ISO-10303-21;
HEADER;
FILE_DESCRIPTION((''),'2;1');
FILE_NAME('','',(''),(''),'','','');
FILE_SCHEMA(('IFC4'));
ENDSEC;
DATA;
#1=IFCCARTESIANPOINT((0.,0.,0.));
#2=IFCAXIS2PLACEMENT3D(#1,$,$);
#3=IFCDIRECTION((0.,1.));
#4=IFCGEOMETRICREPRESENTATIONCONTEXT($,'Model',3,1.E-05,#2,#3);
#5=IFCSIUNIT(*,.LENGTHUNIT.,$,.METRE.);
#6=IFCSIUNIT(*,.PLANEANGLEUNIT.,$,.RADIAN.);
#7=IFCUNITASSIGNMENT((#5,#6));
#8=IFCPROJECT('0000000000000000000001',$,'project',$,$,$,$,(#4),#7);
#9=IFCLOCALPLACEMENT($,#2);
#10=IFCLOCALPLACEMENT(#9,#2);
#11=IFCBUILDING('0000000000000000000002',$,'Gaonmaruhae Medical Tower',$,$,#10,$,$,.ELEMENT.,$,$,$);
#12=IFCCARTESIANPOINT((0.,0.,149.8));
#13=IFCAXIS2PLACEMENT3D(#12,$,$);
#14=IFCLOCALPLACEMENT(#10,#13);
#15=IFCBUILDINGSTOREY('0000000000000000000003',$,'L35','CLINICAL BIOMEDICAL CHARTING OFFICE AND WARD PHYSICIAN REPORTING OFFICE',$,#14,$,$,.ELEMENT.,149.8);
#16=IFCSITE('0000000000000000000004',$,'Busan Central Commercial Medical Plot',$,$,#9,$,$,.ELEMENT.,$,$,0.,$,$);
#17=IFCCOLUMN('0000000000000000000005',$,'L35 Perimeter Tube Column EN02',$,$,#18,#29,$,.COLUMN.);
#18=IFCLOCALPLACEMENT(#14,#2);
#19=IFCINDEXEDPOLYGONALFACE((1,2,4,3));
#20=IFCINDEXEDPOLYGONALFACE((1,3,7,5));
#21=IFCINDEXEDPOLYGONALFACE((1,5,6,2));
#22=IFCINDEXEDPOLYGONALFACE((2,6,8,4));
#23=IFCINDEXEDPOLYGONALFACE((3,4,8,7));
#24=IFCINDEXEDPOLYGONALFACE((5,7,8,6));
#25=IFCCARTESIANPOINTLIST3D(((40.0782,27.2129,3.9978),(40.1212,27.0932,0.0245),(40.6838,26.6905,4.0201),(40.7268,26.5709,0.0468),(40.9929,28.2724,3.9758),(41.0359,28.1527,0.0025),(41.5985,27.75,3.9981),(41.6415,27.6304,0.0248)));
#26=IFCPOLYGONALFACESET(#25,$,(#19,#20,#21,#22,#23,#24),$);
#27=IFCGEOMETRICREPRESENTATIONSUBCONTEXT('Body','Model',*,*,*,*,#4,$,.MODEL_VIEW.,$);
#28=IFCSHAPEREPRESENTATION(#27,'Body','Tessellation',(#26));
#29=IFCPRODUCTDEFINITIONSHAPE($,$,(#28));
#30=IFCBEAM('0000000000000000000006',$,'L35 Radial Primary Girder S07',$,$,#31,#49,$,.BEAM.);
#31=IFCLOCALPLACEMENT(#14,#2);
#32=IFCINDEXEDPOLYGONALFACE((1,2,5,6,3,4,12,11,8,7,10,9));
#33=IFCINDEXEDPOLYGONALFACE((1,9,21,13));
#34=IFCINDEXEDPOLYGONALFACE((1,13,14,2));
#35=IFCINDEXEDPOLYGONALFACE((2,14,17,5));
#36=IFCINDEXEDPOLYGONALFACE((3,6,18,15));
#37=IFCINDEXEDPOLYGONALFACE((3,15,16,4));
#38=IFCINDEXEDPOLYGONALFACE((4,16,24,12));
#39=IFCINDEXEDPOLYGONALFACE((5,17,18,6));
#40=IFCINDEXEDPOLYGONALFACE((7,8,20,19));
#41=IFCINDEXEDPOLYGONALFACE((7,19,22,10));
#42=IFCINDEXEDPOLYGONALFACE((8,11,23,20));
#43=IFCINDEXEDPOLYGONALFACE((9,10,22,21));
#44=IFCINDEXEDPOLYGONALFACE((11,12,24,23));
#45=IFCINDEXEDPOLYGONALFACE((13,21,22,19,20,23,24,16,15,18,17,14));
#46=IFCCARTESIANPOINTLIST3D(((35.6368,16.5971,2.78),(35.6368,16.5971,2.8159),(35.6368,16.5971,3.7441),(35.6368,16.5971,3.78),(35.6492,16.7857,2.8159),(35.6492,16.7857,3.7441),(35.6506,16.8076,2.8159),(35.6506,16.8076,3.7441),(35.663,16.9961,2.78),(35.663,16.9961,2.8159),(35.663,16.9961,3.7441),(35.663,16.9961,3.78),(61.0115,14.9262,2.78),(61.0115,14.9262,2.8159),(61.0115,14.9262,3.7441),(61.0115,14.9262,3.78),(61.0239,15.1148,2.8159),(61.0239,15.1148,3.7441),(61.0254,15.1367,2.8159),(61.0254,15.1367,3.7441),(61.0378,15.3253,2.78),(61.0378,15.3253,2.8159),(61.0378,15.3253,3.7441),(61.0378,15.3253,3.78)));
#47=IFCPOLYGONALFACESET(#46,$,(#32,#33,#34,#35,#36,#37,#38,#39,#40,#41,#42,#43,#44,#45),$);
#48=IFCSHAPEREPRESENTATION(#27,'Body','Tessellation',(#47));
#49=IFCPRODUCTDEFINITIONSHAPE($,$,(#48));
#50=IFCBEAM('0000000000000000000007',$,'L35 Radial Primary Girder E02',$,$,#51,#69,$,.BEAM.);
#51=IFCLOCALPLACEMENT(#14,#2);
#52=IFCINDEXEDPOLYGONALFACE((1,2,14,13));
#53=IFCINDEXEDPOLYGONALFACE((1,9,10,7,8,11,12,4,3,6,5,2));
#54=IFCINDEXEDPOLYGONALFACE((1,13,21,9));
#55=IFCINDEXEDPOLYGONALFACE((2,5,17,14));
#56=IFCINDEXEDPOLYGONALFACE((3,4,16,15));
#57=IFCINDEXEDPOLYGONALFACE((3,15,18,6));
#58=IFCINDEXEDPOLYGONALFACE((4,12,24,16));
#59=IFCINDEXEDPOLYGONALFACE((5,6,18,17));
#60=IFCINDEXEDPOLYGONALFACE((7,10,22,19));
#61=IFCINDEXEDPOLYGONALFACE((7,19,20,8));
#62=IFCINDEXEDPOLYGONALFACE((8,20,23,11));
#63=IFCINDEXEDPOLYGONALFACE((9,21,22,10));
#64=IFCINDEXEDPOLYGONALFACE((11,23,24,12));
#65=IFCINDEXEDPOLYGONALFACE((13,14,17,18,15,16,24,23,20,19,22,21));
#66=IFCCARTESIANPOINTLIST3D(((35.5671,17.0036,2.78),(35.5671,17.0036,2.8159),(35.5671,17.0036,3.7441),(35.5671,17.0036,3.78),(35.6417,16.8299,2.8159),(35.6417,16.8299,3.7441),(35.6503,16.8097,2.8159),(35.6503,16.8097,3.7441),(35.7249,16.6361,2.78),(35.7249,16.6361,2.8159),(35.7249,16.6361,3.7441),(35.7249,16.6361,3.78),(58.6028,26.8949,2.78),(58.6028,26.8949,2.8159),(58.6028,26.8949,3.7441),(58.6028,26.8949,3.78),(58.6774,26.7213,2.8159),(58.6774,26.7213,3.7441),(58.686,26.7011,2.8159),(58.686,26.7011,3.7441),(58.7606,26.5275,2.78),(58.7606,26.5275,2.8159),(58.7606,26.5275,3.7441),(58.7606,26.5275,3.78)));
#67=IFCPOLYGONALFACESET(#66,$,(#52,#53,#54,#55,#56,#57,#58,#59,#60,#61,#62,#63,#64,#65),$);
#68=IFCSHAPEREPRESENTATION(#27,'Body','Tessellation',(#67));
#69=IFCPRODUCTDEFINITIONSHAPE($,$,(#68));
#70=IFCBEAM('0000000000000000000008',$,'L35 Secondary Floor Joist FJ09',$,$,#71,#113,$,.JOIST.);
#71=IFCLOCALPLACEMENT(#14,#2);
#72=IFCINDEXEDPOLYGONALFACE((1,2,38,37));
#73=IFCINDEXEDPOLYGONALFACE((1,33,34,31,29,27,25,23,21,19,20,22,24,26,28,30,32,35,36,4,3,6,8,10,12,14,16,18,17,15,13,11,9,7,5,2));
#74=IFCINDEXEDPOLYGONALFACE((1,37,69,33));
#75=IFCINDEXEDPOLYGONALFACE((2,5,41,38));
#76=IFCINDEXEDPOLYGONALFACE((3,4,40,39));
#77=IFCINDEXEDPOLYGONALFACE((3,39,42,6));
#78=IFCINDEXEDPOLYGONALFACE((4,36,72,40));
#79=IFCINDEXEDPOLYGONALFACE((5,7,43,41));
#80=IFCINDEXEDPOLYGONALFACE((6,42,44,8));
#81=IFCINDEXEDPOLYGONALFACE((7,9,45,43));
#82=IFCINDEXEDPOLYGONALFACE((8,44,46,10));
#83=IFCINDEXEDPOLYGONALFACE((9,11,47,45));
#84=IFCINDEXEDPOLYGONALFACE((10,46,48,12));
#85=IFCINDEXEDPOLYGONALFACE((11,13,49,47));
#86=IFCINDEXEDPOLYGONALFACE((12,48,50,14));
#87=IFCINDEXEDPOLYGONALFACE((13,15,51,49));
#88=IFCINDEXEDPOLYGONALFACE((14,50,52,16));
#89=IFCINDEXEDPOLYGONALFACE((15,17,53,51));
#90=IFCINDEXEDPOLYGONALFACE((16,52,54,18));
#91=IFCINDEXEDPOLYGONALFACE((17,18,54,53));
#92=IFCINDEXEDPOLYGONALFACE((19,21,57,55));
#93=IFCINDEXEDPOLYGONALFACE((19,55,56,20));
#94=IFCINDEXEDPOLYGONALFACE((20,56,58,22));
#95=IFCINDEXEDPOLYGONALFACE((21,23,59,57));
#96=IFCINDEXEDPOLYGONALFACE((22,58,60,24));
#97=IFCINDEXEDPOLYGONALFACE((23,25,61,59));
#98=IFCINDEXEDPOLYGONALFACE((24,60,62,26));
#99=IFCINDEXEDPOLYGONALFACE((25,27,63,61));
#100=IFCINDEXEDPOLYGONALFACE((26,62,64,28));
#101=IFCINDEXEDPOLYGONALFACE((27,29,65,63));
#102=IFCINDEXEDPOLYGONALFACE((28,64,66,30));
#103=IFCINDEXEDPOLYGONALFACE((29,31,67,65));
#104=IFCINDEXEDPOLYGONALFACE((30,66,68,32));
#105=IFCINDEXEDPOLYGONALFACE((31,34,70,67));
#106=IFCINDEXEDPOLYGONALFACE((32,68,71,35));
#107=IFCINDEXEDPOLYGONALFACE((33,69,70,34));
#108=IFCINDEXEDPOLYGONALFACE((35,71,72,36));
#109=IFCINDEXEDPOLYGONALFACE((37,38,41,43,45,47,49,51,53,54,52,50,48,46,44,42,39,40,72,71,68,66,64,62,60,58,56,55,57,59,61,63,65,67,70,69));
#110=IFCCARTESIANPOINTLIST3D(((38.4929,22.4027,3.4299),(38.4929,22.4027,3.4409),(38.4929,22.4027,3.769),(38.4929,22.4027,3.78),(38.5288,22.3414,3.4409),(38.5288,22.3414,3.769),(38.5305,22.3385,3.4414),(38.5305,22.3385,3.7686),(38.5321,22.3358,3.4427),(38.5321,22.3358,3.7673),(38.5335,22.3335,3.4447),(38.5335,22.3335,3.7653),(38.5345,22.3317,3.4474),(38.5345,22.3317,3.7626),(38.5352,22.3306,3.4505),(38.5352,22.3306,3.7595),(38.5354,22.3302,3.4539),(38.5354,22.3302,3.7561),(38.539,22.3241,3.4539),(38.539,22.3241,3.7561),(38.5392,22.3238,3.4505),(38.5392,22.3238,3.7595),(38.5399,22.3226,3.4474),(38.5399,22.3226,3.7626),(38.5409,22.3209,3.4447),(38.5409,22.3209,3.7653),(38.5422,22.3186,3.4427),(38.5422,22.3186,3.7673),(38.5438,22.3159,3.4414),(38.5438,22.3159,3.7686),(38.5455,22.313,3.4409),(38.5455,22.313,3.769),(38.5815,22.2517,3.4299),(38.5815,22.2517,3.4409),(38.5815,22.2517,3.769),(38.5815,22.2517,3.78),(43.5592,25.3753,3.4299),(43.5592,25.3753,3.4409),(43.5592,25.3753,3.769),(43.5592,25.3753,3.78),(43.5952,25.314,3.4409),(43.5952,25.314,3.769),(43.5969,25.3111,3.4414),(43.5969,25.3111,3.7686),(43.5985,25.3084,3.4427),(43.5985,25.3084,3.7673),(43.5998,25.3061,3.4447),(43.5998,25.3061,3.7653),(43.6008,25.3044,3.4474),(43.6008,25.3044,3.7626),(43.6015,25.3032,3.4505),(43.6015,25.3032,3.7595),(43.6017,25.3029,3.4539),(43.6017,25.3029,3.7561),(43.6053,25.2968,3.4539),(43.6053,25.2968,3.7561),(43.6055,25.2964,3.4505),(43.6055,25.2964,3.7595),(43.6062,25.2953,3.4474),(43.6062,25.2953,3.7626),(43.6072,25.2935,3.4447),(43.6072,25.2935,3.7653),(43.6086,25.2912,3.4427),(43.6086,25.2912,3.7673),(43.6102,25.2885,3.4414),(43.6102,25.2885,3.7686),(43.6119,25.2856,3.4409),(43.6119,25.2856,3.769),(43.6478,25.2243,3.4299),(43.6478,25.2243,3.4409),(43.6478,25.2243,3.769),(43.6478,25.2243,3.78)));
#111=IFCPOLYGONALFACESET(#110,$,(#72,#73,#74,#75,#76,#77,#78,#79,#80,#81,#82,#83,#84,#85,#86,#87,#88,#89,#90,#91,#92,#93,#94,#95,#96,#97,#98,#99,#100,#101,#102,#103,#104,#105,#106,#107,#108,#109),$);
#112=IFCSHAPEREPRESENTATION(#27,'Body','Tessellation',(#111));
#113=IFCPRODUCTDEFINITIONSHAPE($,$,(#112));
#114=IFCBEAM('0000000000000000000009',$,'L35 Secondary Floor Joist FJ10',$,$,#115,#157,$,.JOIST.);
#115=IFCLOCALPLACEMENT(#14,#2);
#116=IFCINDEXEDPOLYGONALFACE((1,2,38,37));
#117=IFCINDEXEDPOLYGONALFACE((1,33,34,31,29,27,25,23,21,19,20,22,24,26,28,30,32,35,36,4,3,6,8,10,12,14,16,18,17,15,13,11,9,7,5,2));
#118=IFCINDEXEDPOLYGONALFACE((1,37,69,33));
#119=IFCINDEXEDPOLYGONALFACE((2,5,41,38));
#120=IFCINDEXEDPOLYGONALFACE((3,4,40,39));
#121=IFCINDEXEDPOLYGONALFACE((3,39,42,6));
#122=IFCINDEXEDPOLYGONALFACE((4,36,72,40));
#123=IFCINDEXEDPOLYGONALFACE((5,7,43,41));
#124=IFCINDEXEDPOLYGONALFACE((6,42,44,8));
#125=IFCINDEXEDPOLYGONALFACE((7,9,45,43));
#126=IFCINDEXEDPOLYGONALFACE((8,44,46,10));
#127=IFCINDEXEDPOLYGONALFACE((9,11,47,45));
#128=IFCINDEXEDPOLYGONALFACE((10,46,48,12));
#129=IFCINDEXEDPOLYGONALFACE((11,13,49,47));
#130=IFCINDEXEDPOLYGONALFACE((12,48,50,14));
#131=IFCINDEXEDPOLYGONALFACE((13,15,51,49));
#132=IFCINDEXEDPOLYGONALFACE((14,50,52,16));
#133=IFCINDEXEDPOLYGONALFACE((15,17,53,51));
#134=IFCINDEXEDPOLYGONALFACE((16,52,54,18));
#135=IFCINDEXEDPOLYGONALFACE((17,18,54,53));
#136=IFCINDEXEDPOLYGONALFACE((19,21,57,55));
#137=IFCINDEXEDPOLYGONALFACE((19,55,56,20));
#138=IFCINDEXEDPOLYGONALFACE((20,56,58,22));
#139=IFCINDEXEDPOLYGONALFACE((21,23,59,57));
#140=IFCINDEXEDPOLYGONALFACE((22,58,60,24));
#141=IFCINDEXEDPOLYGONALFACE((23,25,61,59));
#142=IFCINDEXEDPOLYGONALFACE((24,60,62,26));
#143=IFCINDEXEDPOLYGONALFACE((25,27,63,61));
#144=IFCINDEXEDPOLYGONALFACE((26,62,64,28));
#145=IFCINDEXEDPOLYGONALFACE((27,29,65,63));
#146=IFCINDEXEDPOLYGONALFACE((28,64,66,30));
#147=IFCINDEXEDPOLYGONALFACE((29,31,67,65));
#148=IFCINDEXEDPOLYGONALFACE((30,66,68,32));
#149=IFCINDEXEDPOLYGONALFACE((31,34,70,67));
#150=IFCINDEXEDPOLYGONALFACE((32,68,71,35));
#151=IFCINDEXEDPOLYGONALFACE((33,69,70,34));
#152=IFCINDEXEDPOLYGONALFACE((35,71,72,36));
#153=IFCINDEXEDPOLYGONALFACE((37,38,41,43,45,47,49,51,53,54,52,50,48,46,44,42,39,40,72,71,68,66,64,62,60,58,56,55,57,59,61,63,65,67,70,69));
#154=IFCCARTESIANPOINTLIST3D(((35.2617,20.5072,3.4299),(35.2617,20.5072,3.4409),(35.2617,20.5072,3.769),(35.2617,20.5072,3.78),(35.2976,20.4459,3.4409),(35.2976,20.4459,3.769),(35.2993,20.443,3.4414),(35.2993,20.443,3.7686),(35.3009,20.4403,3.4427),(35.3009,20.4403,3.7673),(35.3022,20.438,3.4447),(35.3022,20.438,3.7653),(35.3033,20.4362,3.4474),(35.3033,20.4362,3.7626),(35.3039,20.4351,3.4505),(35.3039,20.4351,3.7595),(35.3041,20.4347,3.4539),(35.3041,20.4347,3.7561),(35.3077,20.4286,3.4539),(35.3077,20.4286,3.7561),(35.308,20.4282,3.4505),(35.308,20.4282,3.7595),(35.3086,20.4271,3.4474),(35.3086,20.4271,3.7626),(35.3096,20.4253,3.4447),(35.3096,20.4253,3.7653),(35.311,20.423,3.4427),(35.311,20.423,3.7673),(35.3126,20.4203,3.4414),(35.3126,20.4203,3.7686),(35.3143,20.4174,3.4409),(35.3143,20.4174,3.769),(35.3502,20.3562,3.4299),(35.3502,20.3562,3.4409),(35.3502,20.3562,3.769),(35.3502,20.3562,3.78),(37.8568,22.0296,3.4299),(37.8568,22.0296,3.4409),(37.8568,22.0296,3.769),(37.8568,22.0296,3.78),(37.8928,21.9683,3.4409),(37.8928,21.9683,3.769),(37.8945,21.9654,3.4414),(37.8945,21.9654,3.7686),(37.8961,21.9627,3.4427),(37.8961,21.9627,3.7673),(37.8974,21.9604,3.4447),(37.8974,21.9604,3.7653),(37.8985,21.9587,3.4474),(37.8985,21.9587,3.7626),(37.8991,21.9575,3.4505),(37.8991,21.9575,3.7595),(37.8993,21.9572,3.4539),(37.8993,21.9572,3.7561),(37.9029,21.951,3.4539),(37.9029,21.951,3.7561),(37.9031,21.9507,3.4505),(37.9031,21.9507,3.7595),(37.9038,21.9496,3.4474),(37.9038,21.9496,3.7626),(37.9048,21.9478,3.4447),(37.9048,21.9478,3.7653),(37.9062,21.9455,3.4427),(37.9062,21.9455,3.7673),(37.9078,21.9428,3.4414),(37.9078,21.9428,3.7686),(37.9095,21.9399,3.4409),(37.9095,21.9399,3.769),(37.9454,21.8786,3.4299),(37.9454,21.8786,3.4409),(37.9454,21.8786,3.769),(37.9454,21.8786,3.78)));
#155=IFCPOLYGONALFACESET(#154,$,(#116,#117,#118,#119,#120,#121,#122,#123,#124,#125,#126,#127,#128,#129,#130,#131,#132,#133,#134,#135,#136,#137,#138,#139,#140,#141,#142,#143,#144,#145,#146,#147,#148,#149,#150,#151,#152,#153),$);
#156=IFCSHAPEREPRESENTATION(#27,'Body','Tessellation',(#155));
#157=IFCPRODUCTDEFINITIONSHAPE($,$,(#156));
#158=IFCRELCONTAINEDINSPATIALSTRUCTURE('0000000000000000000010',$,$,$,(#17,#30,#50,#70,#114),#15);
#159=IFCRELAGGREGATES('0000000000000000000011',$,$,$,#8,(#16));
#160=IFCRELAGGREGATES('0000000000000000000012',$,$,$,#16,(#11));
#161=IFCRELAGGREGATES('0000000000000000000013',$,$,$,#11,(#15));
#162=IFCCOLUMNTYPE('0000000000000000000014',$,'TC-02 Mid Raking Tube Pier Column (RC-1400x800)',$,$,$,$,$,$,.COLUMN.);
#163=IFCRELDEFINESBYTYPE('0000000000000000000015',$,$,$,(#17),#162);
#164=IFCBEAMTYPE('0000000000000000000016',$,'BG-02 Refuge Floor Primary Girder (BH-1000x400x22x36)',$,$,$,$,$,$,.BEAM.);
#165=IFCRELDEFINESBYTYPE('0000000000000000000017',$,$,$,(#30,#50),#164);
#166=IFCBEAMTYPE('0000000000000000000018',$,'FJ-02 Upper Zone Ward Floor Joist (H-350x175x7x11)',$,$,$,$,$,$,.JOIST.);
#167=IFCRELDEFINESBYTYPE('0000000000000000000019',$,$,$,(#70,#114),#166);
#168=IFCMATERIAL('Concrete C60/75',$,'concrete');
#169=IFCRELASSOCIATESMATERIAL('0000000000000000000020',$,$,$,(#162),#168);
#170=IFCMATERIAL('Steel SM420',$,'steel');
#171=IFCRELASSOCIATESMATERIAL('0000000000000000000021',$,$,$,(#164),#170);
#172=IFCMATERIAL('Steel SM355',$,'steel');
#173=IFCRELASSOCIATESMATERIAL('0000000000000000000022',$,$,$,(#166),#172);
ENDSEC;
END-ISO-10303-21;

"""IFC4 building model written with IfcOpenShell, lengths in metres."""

from ifc_helpers import new_model, si_unit, direction, frame, origin, origin_2d, place, context, subcontext, project, spatial, rectangle, i_section, extrude, material, material_profile, profile_set, type_object, element, save


model = new_model("IFC4")

# Units and contexts
model_context = context("Model", 3, precision=1e-05, world=origin(), true_north=direction((0.0, 1.0)))
body_context = subcontext(model_context, "Body", "Model", "MODEL_VIEW")
ifc_project = project(units=[si_unit("LENGTHUNIT", "METRE"), si_unit("PLANEANGLEUNIT", "RADIAN")], contexts=[model_context])

# Site, building, storey
site_placement = place(None, origin())
site = spatial("IfcSite", under=ifc_project, at=site_placement, Name="Busan Central Commercial Medical Plot", CompositionType="ELEMENT", RefElevation=0.0)
building_placement = place(site_placement, origin())
building = spatial("IfcBuilding", under=site, at=building_placement, Name="Gaonmaruhae Medical Tower", CompositionType="ELEMENT")
storey_placement = place(building_placement, frame((0.0, 0.0, 149.8)))
storey = spatial("IfcBuildingStorey", under=building, at=storey_placement, Name="L35", Description="CLINICAL BIOMEDICAL CHARTING OFFICE AND WARD PHYSICIAN REPORTING OFFICE", CompositionType="ELEMENT", Elevation=149.8)

# Column
ifc_material_1 = material(Name="Concrete C60/75", Category="concrete")
ifc_material_profile_1 = material_profile(ifc_material_1, rectangle(XDim=1.3999, YDim=0.8, at=origin_2d()), Name="RC-1400x800")
ifc_profile_set_1 = profile_set([ifc_material_profile_1], Name="Concrete C60/75")
column_type = type_object("IfcColumnType", Name="TC-02 Mid Raking Tube Pier Column (RC-1400x800)", PredefinedType="COLUMN", material=ifc_profile_set_1)
column_placement = place(storey_placement, frame((40.8813, 27.3618, 0.0247), z_axis=(-0.010809, 0.030092, 0.999489), x_axis=(-0.653407, -0.756844, 0.015721)))
element("IfcColumn", 1, at=column_placement, inside=storey, type_object=column_type, Name="L35 Perimeter Tube Column EN02", PredefinedType="COLUMN", context=body_context, shape_type="SweptSolid", body=[
    extrude(rectangle(XDim=1.3999, YDim=0.8, at=origin_2d()), origin(), (0.0, 0.0, 1.0), 3.9753),
])

# Beams
ifc_material_2 = material(Name="Steel SM420", Category="steel")
ifc_material_profile_2 = material_profile(ifc_material_2, i_section(OverallWidth=0.3999, OverallDepth=1.0, WebThickness=0.022, FlangeThickness=0.0359, at=origin_2d()), Name="BH-1000x400x22x36")
ifc_profile_set_2 = profile_set([ifc_material_profile_2], Name="Steel SM420")
beam_type_1 = type_object("IfcBeamType", Name="BG-02 Refuge Floor Primary Girder (BH-1000x400x22x36)", PredefinedType="BEAM", material=ifc_profile_set_2)
beam_1_placement = place(storey_placement, frame((35.6499, 16.7966, 3.28), z_axis=(0.997839, -0.065707, 0.0), x_axis=(0.065707, 0.997839, 0.0)))
element("IfcBeam", 2, at=beam_1_placement, inside=storey, type_object=beam_type_1, Name="L35 Radial Primary Girder S07", PredefinedType="BEAM", context=body_context, shape_type="SweptSolid", body=[
    extrude(i_section(OverallWidth=0.3999, OverallDepth=1.0, WebThickness=0.022, FlangeThickness=0.0359, at=origin_2d()), origin(), (0.0, 0.0, 1.0), 25.4297),
])
beam_2_placement = place(storey_placement, frame((35.646, 16.8198, 3.28), z_axis=(0.918871, 0.394557, 0.0), x_axis=(-0.394557, 0.918871, 0.0)))
element("IfcBeam", 3, at=beam_2_placement, inside=storey, type_object=beam_type_1, Name="L35 Radial Primary Girder E02", PredefinedType="BEAM", context=body_context, shape_type="SweptSolid", body=[
    extrude(i_section(OverallWidth=0.3999, OverallDepth=1.0, WebThickness=0.022, FlangeThickness=0.0359, at=origin_2d()), origin(), (0.0, 0.0, 1.0), 25.0696),
])
ifc_material_3 = material(Name="Steel SM355", Category="steel")
ifc_material_profile_3 = material_profile(ifc_material_3, i_section(OverallWidth=0.175, OverallDepth=0.3501, WebThickness=0.0071, FlangeThickness=0.011, FilletRadius=0.0129, at=origin_2d()), Name="H-350x175x7x11")
ifc_profile_set_3 = profile_set([ifc_material_profile_3], Name="Steel SM355")
beam_type_2 = type_object("IfcBeamType", Name="FJ-02 Upper Zone Ward Floor Joist (H-350x175x7x11)", PredefinedType="JOIST", material=ifc_profile_set_3)
beam_3_placement = place(storey_placement, frame((43.6035, 25.2998, 3.605), z_axis=(-0.862498, -0.506061, 0.0), x_axis=(0.506061, -0.862498, 0.0)))
element("IfcBeam", 4, at=beam_3_placement, inside=storey, type_object=beam_type_2, Name="L35 Secondary Floor Joist FJ09", PredefinedType="JOIST", context=body_context, shape_type="SweptSolid", body=[
    extrude(i_section(OverallWidth=0.175, OverallDepth=0.3501, WebThickness=0.0071, FlangeThickness=0.011, FilletRadius=0.0129, at=origin_2d()), origin(), (0.0, 0.0, 1.0), 5.874),
])
beam_4_placement = place(storey_placement, frame((37.9011, 21.9541, 3.605), z_axis=(-0.862534, -0.505999, 0.0), x_axis=(0.505999, -0.862534, 0.0)))
element("IfcBeam", 5, at=beam_4_placement, inside=storey, type_object=beam_type_2, Name="L35 Secondary Floor Joist FJ10", PredefinedType="JOIST", context=body_context, shape_type="SweptSolid", body=[
    extrude(i_section(OverallWidth=0.175, OverallDepth=0.3501, WebThickness=0.0071, FlangeThickness=0.011, FilletRadius=0.0129, at=origin_2d()), origin(), (0.0, 0.0, 1.0), 3.0088),
])

save(model, "model.ifc")
